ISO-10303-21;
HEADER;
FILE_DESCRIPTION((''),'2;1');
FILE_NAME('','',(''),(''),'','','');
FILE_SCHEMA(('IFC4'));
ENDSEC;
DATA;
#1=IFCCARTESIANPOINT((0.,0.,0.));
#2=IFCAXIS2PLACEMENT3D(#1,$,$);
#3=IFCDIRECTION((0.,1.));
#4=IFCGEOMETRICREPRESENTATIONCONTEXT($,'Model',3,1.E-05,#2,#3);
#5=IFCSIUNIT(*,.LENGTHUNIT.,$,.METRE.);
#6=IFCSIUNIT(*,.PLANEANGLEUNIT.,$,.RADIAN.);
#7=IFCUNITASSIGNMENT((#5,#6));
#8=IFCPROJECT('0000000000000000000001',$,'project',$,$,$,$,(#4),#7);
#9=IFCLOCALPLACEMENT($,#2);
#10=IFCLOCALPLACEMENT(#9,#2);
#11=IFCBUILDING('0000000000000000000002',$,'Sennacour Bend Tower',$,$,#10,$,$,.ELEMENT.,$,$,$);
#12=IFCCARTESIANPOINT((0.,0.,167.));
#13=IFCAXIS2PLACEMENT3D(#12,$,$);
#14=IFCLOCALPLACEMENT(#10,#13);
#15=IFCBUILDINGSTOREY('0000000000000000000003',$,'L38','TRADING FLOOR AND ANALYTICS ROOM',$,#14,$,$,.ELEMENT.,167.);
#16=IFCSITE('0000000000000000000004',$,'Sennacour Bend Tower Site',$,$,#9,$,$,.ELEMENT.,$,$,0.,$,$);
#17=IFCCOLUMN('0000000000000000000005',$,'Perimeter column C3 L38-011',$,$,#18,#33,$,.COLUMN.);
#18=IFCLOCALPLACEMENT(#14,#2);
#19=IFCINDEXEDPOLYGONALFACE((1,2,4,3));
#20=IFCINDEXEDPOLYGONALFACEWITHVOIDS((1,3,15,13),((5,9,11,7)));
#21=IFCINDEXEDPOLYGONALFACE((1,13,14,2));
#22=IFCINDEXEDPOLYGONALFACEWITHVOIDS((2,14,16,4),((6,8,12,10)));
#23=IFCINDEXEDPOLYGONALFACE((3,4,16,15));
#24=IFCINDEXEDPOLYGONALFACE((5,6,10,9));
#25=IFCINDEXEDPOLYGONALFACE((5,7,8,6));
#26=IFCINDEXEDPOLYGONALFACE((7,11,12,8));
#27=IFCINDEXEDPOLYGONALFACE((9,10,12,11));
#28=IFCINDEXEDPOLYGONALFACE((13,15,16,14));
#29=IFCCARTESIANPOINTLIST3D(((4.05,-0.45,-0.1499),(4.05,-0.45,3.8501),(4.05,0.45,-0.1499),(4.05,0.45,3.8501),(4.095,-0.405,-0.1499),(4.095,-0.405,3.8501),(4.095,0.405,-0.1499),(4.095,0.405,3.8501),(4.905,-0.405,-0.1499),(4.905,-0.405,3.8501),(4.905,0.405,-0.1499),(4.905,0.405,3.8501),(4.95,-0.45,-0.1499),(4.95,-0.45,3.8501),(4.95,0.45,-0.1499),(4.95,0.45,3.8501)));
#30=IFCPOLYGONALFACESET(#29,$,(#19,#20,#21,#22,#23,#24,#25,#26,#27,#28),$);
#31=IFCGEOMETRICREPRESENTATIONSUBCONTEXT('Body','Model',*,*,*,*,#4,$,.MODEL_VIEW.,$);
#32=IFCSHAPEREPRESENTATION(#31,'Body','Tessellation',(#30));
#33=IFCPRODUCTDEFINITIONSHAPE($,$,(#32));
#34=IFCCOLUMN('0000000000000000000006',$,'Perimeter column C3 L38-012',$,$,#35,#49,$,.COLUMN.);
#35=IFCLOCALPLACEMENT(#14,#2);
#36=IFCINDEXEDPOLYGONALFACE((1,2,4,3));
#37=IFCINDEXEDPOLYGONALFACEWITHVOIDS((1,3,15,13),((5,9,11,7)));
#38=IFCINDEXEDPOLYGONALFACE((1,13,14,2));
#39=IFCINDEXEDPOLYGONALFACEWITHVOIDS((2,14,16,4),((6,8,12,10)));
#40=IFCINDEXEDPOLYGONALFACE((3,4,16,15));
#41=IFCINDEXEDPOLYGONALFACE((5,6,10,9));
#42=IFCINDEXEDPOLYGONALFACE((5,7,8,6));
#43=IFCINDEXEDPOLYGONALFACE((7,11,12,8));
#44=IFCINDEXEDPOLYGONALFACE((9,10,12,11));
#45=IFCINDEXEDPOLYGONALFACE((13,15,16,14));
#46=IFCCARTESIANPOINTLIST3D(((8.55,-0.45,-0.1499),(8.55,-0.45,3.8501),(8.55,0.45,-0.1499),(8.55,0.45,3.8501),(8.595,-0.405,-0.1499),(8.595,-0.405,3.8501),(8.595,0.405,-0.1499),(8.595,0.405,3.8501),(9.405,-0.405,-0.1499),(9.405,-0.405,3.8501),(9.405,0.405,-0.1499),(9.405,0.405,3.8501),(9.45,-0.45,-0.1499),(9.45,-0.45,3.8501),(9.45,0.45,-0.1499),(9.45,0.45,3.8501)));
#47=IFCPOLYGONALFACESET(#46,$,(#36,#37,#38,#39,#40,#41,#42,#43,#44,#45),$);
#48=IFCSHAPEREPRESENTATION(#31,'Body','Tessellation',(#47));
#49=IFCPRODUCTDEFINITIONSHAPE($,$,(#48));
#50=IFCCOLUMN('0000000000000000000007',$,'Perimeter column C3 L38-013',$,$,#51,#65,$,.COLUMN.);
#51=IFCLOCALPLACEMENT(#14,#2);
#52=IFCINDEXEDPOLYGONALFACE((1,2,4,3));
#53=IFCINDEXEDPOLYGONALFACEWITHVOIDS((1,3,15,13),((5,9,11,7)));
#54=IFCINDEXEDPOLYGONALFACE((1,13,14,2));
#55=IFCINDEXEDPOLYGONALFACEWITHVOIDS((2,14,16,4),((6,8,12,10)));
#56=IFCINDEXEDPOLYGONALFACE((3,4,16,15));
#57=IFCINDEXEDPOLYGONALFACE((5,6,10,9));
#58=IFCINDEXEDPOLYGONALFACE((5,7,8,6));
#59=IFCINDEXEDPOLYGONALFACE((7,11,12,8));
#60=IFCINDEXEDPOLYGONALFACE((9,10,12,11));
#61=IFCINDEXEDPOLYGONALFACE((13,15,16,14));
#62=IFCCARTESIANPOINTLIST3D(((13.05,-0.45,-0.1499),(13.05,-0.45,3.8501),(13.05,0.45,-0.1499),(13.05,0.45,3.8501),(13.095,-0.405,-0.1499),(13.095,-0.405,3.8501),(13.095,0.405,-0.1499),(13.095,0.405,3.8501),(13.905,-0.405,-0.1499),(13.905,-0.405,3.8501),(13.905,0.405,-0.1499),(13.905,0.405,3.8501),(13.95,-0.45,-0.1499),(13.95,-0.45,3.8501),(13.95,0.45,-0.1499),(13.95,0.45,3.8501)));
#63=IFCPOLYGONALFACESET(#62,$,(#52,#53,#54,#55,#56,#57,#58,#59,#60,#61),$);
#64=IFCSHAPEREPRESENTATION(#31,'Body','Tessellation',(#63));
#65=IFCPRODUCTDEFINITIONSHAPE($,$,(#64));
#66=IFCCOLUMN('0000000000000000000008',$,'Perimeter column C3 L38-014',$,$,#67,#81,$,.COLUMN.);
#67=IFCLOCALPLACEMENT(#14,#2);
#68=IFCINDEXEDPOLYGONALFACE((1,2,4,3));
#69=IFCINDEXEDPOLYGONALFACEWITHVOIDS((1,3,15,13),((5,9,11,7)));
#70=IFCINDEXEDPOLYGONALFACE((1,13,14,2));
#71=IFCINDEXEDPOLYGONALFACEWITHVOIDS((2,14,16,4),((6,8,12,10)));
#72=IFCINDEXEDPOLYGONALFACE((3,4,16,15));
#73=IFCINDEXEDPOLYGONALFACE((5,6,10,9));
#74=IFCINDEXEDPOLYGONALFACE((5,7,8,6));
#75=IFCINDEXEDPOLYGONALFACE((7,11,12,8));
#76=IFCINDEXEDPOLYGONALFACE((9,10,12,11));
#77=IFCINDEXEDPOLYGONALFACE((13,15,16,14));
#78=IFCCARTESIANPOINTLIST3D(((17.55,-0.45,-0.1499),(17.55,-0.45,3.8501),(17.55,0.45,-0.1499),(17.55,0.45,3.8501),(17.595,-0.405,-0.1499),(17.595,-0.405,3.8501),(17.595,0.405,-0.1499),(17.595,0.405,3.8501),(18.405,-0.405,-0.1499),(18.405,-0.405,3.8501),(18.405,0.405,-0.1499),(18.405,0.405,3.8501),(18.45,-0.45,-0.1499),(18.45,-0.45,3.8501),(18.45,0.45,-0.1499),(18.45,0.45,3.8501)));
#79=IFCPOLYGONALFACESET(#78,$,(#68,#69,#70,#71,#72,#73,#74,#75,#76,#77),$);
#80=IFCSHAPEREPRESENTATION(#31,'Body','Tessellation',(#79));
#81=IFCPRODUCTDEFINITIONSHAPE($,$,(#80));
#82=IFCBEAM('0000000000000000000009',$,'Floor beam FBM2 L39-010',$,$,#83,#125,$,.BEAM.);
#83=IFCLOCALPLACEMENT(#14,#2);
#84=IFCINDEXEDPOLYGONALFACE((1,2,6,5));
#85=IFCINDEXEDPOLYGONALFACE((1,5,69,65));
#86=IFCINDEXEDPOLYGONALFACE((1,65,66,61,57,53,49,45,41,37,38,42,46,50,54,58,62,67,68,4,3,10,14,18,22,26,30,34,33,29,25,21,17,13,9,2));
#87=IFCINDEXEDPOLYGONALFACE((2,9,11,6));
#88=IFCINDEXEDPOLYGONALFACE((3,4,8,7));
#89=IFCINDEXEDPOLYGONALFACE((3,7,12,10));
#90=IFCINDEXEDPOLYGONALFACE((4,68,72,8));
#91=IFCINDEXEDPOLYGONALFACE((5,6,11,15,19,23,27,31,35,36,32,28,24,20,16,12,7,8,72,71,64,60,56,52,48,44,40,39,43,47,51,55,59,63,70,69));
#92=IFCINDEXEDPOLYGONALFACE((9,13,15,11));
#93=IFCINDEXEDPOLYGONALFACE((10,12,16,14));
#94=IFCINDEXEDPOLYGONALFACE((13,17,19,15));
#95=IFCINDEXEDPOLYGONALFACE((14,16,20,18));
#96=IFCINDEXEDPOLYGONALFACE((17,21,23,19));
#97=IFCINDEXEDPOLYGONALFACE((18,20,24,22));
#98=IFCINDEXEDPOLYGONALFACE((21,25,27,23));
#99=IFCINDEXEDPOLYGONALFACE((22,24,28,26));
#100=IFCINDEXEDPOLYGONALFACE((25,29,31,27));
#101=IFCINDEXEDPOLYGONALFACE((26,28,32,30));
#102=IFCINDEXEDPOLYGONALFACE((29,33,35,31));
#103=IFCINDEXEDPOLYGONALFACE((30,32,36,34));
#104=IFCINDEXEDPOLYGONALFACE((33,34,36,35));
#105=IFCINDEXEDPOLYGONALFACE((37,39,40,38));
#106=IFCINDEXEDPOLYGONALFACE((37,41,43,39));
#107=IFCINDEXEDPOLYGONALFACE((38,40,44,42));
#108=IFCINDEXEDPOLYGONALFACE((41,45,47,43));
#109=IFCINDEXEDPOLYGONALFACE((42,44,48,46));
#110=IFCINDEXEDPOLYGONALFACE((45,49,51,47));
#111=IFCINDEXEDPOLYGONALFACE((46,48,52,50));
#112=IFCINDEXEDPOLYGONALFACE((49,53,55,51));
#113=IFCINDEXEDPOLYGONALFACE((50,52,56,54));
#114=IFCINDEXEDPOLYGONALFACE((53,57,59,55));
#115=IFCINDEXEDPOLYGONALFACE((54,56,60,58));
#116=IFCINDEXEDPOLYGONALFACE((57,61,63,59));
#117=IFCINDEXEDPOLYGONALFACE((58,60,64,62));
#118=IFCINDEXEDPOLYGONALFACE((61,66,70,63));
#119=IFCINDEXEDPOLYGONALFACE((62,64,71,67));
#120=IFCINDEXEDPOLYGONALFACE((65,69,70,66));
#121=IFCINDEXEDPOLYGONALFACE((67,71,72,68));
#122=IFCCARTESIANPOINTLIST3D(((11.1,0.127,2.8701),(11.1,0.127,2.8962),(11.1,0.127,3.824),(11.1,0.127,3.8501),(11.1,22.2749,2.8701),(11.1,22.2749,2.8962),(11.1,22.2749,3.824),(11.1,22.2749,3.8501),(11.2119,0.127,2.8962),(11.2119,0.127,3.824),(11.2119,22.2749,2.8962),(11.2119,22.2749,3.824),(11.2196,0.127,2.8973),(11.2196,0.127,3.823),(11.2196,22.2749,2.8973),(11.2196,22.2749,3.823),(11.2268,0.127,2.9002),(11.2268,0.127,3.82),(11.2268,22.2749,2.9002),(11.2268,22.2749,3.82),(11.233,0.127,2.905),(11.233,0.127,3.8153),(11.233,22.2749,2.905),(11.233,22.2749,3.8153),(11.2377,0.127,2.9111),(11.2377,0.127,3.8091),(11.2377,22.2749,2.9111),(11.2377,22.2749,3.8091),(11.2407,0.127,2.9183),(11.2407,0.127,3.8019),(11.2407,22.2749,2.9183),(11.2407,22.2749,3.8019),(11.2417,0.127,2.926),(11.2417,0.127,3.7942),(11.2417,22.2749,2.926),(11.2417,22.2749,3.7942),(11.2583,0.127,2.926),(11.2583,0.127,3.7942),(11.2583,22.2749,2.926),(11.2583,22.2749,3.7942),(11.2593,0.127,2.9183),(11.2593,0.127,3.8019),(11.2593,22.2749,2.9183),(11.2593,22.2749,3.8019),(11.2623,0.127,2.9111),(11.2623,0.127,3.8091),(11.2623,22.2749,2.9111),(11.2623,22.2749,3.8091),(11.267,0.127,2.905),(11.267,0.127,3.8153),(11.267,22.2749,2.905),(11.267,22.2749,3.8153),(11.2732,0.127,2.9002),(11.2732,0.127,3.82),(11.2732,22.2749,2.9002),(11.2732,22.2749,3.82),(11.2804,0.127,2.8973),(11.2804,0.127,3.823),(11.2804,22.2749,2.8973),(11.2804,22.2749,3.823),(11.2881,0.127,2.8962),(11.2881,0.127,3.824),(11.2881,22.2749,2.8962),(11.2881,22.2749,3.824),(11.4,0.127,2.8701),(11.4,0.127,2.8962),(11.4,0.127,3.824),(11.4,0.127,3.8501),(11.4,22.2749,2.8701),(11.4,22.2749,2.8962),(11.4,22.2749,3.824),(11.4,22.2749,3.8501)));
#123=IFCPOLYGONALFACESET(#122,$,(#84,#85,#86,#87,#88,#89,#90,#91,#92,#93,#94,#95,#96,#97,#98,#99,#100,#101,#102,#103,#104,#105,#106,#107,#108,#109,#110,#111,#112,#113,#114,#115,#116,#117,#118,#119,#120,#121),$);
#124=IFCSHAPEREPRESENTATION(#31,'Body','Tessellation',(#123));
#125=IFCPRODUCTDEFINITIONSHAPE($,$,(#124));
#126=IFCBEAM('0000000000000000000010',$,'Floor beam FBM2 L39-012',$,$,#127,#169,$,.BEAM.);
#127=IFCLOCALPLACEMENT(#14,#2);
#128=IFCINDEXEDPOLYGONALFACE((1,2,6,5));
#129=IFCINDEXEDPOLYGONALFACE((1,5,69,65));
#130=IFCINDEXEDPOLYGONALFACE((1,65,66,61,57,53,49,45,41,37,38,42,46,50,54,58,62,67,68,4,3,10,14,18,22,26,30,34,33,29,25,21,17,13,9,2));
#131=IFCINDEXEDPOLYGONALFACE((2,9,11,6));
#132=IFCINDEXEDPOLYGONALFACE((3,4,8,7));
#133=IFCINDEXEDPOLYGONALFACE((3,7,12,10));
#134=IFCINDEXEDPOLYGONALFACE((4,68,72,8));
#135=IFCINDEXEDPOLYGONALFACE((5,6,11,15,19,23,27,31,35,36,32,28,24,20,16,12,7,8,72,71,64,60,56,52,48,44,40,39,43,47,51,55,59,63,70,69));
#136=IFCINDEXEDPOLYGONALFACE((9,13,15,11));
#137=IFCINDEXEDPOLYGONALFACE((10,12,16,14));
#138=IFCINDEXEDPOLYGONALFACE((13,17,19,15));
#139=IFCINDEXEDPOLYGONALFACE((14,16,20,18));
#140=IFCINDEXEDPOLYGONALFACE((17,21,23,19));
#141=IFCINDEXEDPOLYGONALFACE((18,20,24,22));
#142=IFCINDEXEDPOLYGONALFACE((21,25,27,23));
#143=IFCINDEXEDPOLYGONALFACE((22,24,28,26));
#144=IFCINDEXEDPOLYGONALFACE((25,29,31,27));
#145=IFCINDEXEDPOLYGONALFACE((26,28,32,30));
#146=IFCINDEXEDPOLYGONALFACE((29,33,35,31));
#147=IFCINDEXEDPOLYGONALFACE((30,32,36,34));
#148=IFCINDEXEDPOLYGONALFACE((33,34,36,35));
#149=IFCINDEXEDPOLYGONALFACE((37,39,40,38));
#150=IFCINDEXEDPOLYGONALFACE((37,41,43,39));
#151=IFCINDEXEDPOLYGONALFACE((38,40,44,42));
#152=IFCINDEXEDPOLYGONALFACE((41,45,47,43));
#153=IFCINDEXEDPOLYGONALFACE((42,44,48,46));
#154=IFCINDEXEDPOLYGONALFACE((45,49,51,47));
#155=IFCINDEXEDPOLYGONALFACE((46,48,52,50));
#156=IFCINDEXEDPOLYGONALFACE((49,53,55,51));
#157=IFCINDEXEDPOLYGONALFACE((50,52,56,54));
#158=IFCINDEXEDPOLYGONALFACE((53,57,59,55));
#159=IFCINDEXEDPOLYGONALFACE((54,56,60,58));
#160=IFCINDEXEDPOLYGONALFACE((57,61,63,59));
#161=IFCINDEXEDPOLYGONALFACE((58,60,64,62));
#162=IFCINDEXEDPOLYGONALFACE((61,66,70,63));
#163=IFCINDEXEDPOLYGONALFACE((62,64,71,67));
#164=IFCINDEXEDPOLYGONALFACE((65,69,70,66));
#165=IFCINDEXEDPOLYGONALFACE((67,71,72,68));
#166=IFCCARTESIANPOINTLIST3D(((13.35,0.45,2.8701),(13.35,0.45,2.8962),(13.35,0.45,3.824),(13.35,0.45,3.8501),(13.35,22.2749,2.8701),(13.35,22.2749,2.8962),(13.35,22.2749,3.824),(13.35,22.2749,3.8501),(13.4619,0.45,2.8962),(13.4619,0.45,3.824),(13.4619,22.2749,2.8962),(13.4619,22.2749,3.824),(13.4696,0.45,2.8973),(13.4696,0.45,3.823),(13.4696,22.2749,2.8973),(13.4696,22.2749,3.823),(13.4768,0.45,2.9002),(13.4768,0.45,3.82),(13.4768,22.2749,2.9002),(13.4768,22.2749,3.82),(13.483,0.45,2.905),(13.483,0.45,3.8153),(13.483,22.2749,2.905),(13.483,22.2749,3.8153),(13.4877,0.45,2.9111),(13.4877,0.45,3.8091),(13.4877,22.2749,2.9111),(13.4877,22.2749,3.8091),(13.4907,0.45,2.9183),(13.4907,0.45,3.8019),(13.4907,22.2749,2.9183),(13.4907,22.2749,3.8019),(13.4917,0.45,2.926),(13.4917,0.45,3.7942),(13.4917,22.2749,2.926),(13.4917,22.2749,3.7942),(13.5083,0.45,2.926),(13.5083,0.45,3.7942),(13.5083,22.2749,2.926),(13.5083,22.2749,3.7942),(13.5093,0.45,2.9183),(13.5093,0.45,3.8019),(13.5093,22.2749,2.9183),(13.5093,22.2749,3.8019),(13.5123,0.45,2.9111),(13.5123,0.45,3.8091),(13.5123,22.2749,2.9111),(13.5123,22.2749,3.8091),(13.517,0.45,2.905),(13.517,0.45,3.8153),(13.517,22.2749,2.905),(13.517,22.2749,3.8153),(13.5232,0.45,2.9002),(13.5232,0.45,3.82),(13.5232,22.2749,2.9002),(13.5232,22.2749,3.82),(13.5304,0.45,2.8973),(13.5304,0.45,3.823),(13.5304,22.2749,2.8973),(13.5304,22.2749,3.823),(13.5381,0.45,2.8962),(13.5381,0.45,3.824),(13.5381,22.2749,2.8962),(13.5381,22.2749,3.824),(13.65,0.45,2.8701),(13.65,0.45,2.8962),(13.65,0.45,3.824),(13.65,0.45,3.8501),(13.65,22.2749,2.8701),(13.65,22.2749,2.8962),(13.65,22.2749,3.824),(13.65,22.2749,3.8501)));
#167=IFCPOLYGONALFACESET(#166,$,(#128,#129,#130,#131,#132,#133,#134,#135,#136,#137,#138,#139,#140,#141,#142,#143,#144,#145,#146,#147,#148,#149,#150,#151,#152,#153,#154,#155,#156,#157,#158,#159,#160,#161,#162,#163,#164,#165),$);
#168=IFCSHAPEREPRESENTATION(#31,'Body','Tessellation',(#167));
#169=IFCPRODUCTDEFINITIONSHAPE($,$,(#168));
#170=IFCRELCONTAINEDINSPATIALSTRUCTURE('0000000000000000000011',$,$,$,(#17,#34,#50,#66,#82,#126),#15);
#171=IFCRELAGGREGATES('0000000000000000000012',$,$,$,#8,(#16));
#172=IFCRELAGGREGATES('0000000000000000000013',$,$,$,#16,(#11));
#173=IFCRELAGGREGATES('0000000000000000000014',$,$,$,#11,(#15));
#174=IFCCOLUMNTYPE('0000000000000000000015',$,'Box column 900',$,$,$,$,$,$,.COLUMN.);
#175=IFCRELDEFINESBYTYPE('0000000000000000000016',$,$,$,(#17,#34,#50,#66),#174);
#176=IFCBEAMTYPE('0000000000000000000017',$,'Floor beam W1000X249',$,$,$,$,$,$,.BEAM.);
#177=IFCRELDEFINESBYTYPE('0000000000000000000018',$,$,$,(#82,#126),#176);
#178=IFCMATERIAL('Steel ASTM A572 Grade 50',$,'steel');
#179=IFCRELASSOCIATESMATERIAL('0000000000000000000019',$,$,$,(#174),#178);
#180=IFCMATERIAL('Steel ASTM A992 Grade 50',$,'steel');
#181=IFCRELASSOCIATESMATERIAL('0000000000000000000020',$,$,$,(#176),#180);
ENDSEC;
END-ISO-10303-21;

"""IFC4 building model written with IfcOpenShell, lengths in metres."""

from ifc_helpers import new_model, si_unit, direction, frame, origin, origin_2d, place, context, subcontext, project, spatial, hollow_rectangle, i_section, extrude, material, material_profile, profile_set, type_object, element, save


model = new_model("IFC4")

# Units and contexts
model_context = context("Model", 3, precision=1e-05, world=origin(), true_north=direction((0.0, 1.0)))
body_context = subcontext(model_context, "Body", "Model", "MODEL_VIEW")
ifc_project = project(units=[si_unit("LENGTHUNIT", "METRE"), si_unit("PLANEANGLEUNIT", "RADIAN")], contexts=[model_context])

# Site, building, storey
site_placement = place(None, origin())
site = spatial("IfcSite", under=ifc_project, at=site_placement, Name="Sennacour Bend Tower Site", CompositionType="ELEMENT", RefElevation=0.0)
building_placement = place(site_placement, origin())
building = spatial("IfcBuilding", under=site, at=building_placement, Name="Sennacour Bend Tower", CompositionType="ELEMENT")
storey_placement = place(building_placement, frame((0.0, 0.0, 167.0)))
storey = spatial("IfcBuildingStorey", under=building, at=storey_placement, Name="L38", Description="TRADING FLOOR AND ANALYTICS ROOM", CompositionType="ELEMENT", Elevation=167.0)

# Columns
ifc_material_1 = material(Name="Steel ASTM A572 Grade 50", Category="steel")
ifc_material_profile_1 = material_profile(ifc_material_1, hollow_rectangle(XDim=0.8999, YDim=0.8999, WallThickness=0.0449, at=origin_2d()), Name="Steel ASTM A572 Grade 50", Category="steel")
ifc_profile_set_1 = profile_set([ifc_material_profile_1], Name="Steel ASTM A572 Grade 50")
column_type = type_object("IfcColumnType", Name="Box column 900", PredefinedType="COLUMN", material=ifc_profile_set_1)
for number, where, z_axis, x_axis, name in (
    (1, (4.5, 0.0, -0.1499), (0.0, 0.0, 1.0), (1.0, 0.0, 0.0), "Perimeter column C3 L38-011"),
    (2, (9.0, 0.0, -0.1499), (0.0, 0.0, 1.0), (1.0, 0.0, 0.0), "Perimeter column C3 L38-012"),
    (3, (13.5, 0.0, -0.1499), (0.0, 0.0, 1.0), (1.0, 0.0, 0.0), "Perimeter column C3 L38-013"),
    (4, (18.0, 0.0, -0.1499), (0.0, 0.0, 1.0), (1.0, 0.0, 0.0), "Perimeter column C3 L38-014"),
):
    element("IfcColumn", number, at=place(storey_placement, frame(where, z_axis=z_axis, x_axis=x_axis)), inside=storey, type_object=column_type, Name=name, PredefinedType="COLUMN", context=body_context, shape_type="SweptSolid", body=[
        extrude(hollow_rectangle(XDim=0.8999, YDim=0.8999, WallThickness=0.0449, at=origin_2d()), origin(), (0.0, 0.0, 1.0), 4.0),
    ])

# Beams
ifc_material_2 = material(Name="Steel ASTM A992 Grade 50", Category="steel")
ifc_material_profile_2 = material_profile(ifc_material_2, i_section(OverallWidth=0.3, OverallDepth=0.98, WebThickness=0.0166, FlangeThickness=0.0261, FilletRadius=0.0298, at=origin_2d()), Name="Steel ASTM A992 Grade 50", Category="steel")
ifc_profile_set_2 = profile_set([ifc_material_profile_2], Name="Steel ASTM A992 Grade 50")
beam_type_1 = type_object("IfcBeamType", Name="Floor beam W1000X249", PredefinedType="BEAM", material=ifc_profile_set_2)
beam_1_placement = place(storey_placement, frame((11.25, 0.127, 3.3601), z_axis=(0.0, 1.0, 0.0), x_axis=(-1.0, 0.0, 0.0)))
element("IfcBeam", 5, at=beam_1_placement, inside=storey, type_object=beam_type_1, Name="Floor beam FBM2 L39-010", PredefinedType="BEAM", context=body_context, shape_type="SweptSolid", body=[
    extrude(i_section(OverallWidth=0.3, OverallDepth=0.98, WebThickness=0.0166, FlangeThickness=0.0261, FilletRadius=0.0298, at=origin_2d()), origin(), (0.0, 0.0, 1.0), 22.1479),
])
beam_2_placement = place(storey_placement, frame((13.5, 0.45, 3.3601), z_axis=(0.0, 1.0, 0.0), x_axis=(-1.0, 0.0, 0.0)))
element("IfcBeam", 6, at=beam_2_placement, inside=storey, type_object=beam_type_1, Name="Floor beam FBM2 L39-012", PredefinedType="BEAM", context=body_context, shape_type="SweptSolid", body=[
    extrude(i_section(OverallWidth=0.3, OverallDepth=0.98, WebThickness=0.0166, FlangeThickness=0.0261, FilletRadius=0.0298, at=origin_2d()), origin(), (0.0, 0.0, 1.0), 21.825),
])

save(model, "model.ifc")
